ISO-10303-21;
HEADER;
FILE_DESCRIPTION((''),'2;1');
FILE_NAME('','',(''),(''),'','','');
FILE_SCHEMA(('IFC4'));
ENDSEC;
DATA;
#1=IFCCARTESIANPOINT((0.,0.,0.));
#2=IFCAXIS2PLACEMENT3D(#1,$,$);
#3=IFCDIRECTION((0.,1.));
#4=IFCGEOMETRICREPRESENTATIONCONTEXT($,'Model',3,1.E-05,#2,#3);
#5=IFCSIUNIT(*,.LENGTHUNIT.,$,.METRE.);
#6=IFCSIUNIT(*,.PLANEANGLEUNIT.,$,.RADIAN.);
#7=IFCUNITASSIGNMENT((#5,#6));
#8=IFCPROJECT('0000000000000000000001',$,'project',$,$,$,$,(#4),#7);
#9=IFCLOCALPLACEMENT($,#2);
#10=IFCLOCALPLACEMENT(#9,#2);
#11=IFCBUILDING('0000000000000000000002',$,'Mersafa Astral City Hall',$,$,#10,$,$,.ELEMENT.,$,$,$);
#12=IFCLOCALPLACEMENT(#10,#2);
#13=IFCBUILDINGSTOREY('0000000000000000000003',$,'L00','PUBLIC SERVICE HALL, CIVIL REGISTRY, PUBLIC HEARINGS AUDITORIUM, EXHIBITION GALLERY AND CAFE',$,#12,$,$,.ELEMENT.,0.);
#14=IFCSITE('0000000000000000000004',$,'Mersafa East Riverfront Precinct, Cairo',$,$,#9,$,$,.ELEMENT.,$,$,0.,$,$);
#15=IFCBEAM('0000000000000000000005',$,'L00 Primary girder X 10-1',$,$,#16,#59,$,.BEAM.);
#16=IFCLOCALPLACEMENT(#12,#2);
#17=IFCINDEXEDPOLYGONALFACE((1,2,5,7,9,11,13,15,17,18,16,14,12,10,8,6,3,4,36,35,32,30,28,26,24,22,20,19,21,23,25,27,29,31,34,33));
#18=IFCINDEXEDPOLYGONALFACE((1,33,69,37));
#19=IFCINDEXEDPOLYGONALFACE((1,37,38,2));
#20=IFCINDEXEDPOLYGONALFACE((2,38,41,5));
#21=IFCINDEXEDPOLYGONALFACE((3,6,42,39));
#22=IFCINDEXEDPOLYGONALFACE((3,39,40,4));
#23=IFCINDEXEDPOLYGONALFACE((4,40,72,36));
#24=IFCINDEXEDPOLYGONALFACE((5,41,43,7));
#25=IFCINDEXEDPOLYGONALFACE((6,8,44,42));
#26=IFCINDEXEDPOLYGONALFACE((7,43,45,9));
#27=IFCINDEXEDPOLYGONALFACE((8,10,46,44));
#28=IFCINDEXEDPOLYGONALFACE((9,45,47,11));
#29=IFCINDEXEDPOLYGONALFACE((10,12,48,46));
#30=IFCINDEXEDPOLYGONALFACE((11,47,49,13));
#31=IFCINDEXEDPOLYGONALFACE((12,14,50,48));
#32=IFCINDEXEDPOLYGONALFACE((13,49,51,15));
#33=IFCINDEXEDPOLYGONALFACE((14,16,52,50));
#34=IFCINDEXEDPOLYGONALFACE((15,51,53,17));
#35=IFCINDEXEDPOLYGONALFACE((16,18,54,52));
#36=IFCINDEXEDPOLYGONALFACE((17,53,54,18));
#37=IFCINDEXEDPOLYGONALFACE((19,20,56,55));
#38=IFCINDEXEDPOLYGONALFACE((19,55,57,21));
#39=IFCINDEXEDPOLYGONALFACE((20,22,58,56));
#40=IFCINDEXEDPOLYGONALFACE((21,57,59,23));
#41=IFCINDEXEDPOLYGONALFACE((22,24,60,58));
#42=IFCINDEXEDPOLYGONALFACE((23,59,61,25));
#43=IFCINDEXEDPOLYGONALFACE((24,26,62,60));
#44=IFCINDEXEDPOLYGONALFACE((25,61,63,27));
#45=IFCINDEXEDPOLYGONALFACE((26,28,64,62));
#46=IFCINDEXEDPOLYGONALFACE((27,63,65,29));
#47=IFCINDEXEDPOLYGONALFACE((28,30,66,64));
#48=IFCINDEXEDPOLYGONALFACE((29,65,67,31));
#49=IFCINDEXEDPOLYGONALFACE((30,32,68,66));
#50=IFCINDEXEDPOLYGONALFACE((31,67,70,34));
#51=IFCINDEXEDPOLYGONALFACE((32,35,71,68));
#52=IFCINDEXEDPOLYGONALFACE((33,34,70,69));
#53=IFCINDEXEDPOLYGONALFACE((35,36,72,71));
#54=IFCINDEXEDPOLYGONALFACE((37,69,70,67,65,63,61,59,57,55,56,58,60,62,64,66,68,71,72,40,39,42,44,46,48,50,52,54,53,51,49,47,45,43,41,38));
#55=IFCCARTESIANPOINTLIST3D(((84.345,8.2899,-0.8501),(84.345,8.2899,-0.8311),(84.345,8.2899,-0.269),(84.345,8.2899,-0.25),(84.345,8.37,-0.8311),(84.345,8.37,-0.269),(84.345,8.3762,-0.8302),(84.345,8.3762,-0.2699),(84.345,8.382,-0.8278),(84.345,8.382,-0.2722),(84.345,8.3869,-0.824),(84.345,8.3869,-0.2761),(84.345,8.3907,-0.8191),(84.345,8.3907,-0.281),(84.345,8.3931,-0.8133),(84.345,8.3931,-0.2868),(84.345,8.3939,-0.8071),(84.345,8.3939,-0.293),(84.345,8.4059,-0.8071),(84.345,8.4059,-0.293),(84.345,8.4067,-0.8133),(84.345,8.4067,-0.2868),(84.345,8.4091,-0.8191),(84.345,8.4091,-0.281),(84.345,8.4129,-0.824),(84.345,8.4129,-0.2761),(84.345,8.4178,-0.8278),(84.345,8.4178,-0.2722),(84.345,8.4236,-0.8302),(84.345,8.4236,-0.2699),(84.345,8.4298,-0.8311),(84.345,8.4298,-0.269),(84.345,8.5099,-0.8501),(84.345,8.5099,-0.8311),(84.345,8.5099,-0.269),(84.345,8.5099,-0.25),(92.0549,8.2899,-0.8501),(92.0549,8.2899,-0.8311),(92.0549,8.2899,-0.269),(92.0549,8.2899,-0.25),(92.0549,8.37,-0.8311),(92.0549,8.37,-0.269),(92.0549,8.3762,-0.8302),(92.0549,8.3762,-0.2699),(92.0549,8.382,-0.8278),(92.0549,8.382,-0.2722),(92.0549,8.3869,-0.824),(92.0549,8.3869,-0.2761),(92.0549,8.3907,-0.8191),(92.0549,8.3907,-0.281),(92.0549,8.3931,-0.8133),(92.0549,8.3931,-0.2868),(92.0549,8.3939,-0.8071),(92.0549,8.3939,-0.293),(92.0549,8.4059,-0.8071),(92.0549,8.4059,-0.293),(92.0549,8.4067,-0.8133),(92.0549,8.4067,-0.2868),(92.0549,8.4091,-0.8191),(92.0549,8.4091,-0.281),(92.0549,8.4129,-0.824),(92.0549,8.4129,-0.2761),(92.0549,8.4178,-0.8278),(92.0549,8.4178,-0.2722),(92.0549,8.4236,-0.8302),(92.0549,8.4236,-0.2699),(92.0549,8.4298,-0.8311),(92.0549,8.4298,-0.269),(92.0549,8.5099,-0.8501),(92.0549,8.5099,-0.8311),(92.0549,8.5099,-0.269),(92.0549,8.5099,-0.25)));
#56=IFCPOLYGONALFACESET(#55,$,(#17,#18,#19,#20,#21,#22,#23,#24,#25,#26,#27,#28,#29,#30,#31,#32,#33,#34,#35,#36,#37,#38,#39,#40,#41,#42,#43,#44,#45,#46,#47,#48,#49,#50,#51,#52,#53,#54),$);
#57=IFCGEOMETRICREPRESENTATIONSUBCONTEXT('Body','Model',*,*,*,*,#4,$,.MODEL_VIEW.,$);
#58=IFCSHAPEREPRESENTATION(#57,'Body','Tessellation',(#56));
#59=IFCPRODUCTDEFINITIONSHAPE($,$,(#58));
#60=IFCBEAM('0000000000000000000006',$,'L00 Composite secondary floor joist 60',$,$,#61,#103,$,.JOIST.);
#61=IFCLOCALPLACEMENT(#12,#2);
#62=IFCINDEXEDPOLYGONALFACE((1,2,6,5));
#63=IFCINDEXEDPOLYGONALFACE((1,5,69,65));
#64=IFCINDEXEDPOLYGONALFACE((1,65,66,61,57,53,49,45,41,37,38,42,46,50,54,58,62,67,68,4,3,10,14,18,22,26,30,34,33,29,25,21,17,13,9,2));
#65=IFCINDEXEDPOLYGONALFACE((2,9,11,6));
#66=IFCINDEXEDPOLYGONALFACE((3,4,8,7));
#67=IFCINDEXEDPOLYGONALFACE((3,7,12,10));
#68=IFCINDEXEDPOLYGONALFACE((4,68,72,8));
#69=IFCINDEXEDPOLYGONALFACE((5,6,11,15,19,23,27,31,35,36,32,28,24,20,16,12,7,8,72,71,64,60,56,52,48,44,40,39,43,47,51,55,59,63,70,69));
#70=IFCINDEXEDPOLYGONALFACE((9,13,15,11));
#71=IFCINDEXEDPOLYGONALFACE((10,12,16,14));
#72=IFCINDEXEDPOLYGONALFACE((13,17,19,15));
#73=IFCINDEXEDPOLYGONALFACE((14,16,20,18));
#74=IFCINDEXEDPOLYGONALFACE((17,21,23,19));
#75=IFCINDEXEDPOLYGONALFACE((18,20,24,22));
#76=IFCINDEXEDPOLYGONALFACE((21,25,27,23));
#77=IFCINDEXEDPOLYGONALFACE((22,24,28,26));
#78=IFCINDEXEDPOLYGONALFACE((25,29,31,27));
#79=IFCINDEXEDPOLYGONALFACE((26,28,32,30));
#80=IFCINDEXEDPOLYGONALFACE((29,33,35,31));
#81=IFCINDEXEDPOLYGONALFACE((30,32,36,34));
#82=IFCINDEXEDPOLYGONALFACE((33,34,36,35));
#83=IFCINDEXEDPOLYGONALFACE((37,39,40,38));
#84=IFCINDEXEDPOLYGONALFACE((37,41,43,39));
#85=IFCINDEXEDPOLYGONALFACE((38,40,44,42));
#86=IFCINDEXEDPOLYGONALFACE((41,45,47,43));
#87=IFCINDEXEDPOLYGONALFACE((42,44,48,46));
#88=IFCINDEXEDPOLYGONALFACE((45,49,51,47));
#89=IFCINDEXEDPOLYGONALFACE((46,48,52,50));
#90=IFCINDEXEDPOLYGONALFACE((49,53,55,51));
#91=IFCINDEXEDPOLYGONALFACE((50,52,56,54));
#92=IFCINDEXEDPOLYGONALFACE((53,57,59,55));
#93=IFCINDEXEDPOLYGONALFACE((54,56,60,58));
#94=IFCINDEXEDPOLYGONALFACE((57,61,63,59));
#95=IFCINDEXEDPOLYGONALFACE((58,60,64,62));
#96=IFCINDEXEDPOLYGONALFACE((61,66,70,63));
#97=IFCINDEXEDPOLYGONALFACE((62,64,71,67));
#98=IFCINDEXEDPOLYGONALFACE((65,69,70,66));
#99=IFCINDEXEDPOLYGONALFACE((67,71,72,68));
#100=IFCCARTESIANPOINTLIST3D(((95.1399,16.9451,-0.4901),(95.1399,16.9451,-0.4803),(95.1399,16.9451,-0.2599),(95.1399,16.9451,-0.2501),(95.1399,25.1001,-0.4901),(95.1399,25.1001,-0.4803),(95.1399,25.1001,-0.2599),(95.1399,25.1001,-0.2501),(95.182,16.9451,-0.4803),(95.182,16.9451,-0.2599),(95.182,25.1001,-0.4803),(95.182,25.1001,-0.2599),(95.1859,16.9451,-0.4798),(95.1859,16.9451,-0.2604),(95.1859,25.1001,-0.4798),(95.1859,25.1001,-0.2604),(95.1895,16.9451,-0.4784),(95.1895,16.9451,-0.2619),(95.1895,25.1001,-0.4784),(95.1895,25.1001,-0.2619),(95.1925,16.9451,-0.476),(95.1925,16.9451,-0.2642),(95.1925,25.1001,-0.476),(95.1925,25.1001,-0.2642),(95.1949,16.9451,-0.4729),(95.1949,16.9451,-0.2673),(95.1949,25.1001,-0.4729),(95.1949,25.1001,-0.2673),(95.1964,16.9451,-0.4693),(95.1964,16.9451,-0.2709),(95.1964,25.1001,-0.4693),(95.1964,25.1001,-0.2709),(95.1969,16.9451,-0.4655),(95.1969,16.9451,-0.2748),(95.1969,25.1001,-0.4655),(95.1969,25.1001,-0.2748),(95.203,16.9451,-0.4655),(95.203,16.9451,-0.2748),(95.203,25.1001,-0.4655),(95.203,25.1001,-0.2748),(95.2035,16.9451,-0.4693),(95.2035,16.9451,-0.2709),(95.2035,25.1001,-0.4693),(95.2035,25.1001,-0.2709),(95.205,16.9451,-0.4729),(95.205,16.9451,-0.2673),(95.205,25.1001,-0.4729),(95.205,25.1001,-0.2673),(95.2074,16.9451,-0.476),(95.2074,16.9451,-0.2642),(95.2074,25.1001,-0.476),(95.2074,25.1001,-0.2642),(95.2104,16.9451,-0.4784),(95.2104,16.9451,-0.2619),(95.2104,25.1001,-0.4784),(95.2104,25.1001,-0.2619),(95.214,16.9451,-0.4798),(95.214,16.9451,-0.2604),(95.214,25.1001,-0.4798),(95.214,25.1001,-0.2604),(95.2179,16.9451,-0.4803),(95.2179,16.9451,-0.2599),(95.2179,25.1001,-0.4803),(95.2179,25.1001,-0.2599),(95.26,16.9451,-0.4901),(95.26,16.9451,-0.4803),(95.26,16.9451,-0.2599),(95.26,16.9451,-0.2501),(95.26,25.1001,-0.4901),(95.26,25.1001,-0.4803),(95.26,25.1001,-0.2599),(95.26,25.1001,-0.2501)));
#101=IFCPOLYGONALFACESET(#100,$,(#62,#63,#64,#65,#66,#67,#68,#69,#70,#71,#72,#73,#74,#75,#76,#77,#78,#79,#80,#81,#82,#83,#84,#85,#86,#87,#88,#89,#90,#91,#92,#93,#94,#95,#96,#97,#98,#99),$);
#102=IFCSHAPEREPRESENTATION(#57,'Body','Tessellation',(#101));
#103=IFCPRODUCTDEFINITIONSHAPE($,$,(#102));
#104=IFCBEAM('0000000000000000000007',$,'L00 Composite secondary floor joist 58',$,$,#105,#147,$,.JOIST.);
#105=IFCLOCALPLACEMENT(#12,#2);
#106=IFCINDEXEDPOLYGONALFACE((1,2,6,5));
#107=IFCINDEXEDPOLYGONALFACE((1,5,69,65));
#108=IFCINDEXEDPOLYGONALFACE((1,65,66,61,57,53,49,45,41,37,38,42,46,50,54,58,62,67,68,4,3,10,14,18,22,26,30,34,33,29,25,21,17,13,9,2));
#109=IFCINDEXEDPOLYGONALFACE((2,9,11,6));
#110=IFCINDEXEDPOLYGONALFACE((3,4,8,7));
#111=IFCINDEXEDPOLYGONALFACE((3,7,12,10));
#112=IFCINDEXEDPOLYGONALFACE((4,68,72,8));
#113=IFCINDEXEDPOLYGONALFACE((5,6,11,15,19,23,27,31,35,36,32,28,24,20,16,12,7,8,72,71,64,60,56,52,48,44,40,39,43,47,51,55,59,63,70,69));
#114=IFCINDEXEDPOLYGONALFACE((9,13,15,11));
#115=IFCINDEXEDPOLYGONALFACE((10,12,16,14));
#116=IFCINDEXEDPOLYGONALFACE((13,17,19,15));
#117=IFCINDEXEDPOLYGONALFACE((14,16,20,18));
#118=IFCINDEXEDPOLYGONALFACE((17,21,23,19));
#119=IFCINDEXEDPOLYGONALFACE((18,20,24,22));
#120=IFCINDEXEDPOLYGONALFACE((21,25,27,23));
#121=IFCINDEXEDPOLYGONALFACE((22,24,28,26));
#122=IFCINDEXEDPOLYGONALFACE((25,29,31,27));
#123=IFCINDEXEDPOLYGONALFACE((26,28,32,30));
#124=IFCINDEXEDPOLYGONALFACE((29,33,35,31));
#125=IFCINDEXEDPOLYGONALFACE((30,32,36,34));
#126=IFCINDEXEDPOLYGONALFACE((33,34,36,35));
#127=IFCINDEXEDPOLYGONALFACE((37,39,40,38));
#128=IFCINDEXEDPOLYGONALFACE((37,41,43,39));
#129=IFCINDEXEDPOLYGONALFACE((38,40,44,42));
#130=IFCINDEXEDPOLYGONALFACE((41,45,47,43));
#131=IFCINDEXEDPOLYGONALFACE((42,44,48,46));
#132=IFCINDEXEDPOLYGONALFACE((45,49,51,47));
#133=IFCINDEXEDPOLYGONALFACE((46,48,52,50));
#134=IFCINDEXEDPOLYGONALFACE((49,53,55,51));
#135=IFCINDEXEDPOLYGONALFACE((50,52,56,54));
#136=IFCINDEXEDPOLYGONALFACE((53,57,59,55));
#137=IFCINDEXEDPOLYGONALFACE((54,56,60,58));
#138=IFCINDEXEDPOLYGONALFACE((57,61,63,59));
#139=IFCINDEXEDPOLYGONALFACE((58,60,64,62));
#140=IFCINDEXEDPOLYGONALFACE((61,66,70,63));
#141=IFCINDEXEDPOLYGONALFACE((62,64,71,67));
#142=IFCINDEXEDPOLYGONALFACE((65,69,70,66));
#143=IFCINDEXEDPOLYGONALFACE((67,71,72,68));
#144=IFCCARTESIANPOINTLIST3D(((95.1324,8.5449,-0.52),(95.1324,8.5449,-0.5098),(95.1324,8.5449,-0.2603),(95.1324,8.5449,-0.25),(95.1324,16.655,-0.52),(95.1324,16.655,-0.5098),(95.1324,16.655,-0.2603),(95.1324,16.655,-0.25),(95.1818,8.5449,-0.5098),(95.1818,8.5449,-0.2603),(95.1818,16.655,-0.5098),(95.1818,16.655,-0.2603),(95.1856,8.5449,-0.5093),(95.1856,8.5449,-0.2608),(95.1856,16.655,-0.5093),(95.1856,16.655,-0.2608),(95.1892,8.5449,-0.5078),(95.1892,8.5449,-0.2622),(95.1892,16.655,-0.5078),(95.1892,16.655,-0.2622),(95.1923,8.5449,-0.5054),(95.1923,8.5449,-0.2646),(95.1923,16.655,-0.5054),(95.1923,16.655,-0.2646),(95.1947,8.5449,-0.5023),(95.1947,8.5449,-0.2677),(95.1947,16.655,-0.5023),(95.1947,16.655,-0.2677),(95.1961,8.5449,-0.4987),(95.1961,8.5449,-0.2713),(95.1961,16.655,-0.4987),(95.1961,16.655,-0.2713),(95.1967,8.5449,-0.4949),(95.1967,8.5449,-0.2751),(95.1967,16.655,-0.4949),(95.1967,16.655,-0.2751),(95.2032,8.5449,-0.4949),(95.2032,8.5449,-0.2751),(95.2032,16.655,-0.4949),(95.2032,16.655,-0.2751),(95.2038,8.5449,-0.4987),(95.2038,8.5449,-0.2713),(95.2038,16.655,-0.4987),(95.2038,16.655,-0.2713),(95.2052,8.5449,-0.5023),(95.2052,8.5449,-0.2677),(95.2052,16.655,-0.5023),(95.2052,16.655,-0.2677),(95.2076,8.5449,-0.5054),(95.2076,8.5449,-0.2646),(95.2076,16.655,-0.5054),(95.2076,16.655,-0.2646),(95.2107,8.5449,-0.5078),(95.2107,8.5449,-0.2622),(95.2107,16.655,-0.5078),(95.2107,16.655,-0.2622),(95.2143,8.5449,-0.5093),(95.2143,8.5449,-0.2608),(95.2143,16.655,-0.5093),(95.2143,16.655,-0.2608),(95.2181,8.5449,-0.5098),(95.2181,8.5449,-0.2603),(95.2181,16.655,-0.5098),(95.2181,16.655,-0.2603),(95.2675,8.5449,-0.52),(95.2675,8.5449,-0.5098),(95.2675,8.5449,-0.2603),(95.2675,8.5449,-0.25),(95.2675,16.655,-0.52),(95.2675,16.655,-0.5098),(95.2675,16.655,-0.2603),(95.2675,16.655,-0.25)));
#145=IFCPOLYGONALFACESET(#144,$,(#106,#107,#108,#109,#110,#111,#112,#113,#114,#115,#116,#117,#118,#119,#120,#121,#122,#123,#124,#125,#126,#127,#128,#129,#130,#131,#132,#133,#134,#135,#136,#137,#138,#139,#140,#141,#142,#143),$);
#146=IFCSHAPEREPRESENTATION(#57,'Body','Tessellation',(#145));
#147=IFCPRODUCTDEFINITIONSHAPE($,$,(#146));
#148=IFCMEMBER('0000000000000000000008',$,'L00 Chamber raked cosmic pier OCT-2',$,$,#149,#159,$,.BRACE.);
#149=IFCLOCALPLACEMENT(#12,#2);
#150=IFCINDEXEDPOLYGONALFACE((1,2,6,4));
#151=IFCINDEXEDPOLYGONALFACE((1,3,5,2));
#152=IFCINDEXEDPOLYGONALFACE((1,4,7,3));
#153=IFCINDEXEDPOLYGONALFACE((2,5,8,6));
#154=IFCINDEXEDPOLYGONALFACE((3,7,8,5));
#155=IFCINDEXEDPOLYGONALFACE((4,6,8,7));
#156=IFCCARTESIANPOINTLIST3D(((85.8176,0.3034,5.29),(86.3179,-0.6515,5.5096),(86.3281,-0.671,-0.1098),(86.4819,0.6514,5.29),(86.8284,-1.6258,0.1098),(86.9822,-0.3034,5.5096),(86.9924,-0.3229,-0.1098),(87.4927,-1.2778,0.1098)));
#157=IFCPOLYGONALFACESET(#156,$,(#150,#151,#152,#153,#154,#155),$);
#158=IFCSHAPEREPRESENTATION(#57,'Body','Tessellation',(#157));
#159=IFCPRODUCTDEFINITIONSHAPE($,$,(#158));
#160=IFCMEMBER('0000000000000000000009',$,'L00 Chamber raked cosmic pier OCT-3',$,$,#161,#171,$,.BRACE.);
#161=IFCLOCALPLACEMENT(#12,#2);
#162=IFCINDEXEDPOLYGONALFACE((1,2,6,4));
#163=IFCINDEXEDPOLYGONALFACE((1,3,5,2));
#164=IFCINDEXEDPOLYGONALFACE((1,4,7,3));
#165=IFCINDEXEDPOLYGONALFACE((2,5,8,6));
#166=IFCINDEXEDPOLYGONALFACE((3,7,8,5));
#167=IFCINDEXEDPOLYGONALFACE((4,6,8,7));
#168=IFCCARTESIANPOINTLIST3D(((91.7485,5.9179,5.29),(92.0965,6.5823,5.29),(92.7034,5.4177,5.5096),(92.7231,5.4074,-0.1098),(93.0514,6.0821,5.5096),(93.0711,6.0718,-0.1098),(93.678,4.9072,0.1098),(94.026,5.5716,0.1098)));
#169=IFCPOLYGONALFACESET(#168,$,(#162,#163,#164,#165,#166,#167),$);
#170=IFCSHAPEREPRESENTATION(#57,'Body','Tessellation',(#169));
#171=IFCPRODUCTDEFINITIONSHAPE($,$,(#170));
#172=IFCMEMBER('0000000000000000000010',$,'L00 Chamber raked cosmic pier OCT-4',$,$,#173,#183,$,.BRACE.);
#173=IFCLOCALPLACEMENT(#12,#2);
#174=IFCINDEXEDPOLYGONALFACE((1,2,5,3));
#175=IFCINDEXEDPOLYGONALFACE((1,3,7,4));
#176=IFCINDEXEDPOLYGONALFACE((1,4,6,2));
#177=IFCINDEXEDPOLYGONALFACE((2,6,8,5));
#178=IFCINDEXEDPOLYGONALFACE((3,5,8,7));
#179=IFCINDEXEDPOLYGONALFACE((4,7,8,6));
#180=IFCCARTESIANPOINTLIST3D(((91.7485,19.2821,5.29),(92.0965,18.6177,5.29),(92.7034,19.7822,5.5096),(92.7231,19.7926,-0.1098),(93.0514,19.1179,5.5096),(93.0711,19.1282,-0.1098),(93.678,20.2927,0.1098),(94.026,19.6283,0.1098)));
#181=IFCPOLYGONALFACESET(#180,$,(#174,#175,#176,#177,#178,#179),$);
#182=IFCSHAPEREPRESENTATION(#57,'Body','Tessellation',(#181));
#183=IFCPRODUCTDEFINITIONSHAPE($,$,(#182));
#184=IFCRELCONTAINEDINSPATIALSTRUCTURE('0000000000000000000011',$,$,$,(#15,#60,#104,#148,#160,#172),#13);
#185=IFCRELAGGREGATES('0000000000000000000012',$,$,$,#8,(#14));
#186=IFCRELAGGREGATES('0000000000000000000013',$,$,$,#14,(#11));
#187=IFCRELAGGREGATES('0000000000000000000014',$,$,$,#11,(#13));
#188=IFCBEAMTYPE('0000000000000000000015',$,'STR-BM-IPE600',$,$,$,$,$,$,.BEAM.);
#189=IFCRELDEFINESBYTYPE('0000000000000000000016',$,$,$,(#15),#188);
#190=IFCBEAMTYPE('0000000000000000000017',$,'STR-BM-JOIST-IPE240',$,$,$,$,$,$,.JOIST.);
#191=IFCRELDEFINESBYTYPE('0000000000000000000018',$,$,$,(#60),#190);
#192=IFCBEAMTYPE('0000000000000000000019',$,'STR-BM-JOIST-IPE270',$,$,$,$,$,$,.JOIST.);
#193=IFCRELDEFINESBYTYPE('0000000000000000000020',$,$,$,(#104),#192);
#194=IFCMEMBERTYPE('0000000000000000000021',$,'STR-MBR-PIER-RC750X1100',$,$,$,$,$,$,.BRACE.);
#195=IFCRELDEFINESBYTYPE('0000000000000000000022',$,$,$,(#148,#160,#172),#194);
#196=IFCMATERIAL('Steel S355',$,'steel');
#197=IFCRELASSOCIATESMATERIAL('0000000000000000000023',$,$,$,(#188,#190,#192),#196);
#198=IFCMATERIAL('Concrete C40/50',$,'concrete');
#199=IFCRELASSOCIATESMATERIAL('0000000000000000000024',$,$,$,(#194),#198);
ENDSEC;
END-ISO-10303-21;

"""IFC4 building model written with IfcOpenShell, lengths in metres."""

from ifc_helpers import new_model, si_unit, direction, frame, origin, origin_2d, place, context, subcontext, project, spatial, rectangle, i_section, extrude, material, material_profile, profile_set, type_object, element, save


model = new_model("IFC4")

# Units and contexts
model_context = context("Model", 3, precision=1e-05, world=origin(), true_north=direction((0.0, 1.0)))
body_context = subcontext(model_context, "Body", "Model", "MODEL_VIEW")
ifc_project = project(units=[si_unit("LENGTHUNIT", "METRE"), si_unit("PLANEANGLEUNIT", "RADIAN")], contexts=[model_context])

# Site, building, storey
site_placement = place(None, origin())
site = spatial("IfcSite", under=ifc_project, at=site_placement, Name="Mersafa East Riverfront Precinct, Cairo", CompositionType="ELEMENT", RefElevation=0.0)
building_placement = place(site_placement, origin())
building = spatial("IfcBuilding", under=site, at=building_placement, Name="Mersafa Astral City Hall", CompositionType="ELEMENT")
storey_placement = place(building_placement, origin())
storey = spatial("IfcBuildingStorey", under=building, at=storey_placement, Name="L00", Description="PUBLIC SERVICE HALL, CIVIL REGISTRY, PUBLIC HEARINGS AUDITORIUM, EXHIBITION GALLERY AND CAFE", CompositionType="ELEMENT", Elevation=0.0)

# Shared definitions
ifc_material_1 = material(Name="Steel S355", Category="steel")
ifc_material_2 = material(Name="Concrete C40/50", Category="concrete")

# Beams
ifc_material_profile_1 = material_profile(ifc_material_1, i_section(OverallWidth=0.22, OverallDepth=0.6001, WebThickness=0.012, FlangeThickness=0.019, FilletRadius=0.0239, at=origin_2d()), Name="IPE 600")
ifc_profile_set_1 = profile_set([ifc_material_profile_1], Name="Steel S355")
beam_type_1 = type_object("IfcBeamType", Name="STR-BM-IPE600", PredefinedType="BEAM", material=ifc_profile_set_1)
beam_1_placement = place(storey_placement, frame((84.345, 8.3999, -0.55), z_axis=(1.0, 0.0, 0.0), x_axis=(0.0, 1.0, 0.0)))
element("IfcBeam", 1, at=beam_1_placement, inside=storey, type_object=beam_type_1, Name="L00 Primary girder X 10-1", PredefinedType="BEAM", context=body_context, shape_type="SweptSolid", body=[
    extrude(i_section(OverallWidth=0.22, OverallDepth=0.6001, WebThickness=0.012, FlangeThickness=0.019, FilletRadius=0.0239, at=origin_2d()), origin(), (0.0, 0.0, 1.0), 7.71),
])
ifc_material_profile_2 = material_profile(ifc_material_1, i_section(OverallWidth=0.1201, OverallDepth=0.24, WebThickness=0.0061, FlangeThickness=0.0098, FilletRadius=0.0149, at=origin_2d()), Name="IPE 240")
ifc_profile_set_2 = profile_set([ifc_material_profile_2], Name="Steel S355")
beam_type_2 = type_object("IfcBeamType", Name="STR-BM-JOIST-IPE240", PredefinedType="JOIST", material=ifc_profile_set_2)
beam_2_placement = place(storey_placement, frame((95.2, 16.9451, -0.3701), z_axis=(0.0, 1.0, 0.0), x_axis=(-1.0, 0.0, 0.0)))
element("IfcBeam", 2, at=beam_2_placement, inside=storey, type_object=beam_type_2, Name="L00 Composite secondary floor joist 60", PredefinedType="JOIST", context=body_context, shape_type="SweptSolid", body=[
    extrude(i_section(OverallWidth=0.1201, OverallDepth=0.24, WebThickness=0.0061, FlangeThickness=0.0098, FilletRadius=0.0149, at=origin_2d()), origin(), (0.0, 0.0, 1.0), 8.155),
])
ifc_material_profile_3 = material_profile(ifc_material_1, i_section(OverallWidth=0.135, OverallDepth=0.27, WebThickness=0.0066, FlangeThickness=0.0103, FilletRadius=0.0149, at=origin_2d()), Name="IPE 270")
ifc_profile_set_3 = profile_set([ifc_material_profile_3], Name="Steel S355")
beam_type_3 = type_object("IfcBeamType", Name="STR-BM-JOIST-IPE270", PredefinedType="JOIST", material=ifc_profile_set_3)
beam_3_placement = place(storey_placement, frame((95.2, 8.5449, -0.385), z_axis=(0.0, 1.0, 0.0), x_axis=(-1.0, 0.0, 0.0)))
element("IfcBeam", 3, at=beam_3_placement, inside=storey, type_object=beam_type_3, Name="L00 Composite secondary floor joist 58", PredefinedType="JOIST", context=body_context, shape_type="SweptSolid", body=[
    extrude(i_section(OverallWidth=0.135, OverallDepth=0.27, WebThickness=0.0066, FlangeThickness=0.0103, FilletRadius=0.0149, at=origin_2d()), origin(), (0.0, 0.0, 1.0), 8.1101),
])

# Members
ifc_material_profile_4 = material_profile(ifc_material_2, rectangle(XDim=0.75, YDim=1.1001, at=origin_2d()), Name="RC 750x1100")
ifc_profile_set_4 = profile_set([ifc_material_profile_4], Name="Concrete C40/50")
member_type = type_object("IfcMemberType", Name="STR-MBR-PIER-RC750X1100", PredefinedType="BRACE", material=ifc_profile_set_4)
for number, where, z_axis, x_axis, name in (
    (4, (86.9104, -0.9744, 0.0), (-0.092636, 0.17681, 0.979876), (-0.885788, -0.46409, 0.0), "L00 Chamber raked cosmic pier OCT-2"),
    (5, (93.3745, 5.4895, 0.0), (-0.176853, 0.092635, 0.979868), (-0.463999, -0.885836, 0.0), "L00 Chamber raked cosmic pier OCT-3"),
    (6, (93.3745, 19.7104, 0.0), (-0.176853, -0.092635, 0.979868), (0.463999, -0.885836, 0.0), "L00 Chamber raked cosmic pier OCT-4"),
):
    element("IfcMember", number, at=place(storey_placement, frame(where, z_axis=z_axis, x_axis=x_axis)), inside=storey, type_object=member_type, Name=name, PredefinedType="BRACE", context=body_context, shape_type="SweptSolid", body=[
        extrude(rectangle(XDim=0.75, YDim=1.1001, at=origin_2d()), origin(), (0.0, 0.0, 1.0), 5.5107),
    ])

save(model, "model.ifc")
